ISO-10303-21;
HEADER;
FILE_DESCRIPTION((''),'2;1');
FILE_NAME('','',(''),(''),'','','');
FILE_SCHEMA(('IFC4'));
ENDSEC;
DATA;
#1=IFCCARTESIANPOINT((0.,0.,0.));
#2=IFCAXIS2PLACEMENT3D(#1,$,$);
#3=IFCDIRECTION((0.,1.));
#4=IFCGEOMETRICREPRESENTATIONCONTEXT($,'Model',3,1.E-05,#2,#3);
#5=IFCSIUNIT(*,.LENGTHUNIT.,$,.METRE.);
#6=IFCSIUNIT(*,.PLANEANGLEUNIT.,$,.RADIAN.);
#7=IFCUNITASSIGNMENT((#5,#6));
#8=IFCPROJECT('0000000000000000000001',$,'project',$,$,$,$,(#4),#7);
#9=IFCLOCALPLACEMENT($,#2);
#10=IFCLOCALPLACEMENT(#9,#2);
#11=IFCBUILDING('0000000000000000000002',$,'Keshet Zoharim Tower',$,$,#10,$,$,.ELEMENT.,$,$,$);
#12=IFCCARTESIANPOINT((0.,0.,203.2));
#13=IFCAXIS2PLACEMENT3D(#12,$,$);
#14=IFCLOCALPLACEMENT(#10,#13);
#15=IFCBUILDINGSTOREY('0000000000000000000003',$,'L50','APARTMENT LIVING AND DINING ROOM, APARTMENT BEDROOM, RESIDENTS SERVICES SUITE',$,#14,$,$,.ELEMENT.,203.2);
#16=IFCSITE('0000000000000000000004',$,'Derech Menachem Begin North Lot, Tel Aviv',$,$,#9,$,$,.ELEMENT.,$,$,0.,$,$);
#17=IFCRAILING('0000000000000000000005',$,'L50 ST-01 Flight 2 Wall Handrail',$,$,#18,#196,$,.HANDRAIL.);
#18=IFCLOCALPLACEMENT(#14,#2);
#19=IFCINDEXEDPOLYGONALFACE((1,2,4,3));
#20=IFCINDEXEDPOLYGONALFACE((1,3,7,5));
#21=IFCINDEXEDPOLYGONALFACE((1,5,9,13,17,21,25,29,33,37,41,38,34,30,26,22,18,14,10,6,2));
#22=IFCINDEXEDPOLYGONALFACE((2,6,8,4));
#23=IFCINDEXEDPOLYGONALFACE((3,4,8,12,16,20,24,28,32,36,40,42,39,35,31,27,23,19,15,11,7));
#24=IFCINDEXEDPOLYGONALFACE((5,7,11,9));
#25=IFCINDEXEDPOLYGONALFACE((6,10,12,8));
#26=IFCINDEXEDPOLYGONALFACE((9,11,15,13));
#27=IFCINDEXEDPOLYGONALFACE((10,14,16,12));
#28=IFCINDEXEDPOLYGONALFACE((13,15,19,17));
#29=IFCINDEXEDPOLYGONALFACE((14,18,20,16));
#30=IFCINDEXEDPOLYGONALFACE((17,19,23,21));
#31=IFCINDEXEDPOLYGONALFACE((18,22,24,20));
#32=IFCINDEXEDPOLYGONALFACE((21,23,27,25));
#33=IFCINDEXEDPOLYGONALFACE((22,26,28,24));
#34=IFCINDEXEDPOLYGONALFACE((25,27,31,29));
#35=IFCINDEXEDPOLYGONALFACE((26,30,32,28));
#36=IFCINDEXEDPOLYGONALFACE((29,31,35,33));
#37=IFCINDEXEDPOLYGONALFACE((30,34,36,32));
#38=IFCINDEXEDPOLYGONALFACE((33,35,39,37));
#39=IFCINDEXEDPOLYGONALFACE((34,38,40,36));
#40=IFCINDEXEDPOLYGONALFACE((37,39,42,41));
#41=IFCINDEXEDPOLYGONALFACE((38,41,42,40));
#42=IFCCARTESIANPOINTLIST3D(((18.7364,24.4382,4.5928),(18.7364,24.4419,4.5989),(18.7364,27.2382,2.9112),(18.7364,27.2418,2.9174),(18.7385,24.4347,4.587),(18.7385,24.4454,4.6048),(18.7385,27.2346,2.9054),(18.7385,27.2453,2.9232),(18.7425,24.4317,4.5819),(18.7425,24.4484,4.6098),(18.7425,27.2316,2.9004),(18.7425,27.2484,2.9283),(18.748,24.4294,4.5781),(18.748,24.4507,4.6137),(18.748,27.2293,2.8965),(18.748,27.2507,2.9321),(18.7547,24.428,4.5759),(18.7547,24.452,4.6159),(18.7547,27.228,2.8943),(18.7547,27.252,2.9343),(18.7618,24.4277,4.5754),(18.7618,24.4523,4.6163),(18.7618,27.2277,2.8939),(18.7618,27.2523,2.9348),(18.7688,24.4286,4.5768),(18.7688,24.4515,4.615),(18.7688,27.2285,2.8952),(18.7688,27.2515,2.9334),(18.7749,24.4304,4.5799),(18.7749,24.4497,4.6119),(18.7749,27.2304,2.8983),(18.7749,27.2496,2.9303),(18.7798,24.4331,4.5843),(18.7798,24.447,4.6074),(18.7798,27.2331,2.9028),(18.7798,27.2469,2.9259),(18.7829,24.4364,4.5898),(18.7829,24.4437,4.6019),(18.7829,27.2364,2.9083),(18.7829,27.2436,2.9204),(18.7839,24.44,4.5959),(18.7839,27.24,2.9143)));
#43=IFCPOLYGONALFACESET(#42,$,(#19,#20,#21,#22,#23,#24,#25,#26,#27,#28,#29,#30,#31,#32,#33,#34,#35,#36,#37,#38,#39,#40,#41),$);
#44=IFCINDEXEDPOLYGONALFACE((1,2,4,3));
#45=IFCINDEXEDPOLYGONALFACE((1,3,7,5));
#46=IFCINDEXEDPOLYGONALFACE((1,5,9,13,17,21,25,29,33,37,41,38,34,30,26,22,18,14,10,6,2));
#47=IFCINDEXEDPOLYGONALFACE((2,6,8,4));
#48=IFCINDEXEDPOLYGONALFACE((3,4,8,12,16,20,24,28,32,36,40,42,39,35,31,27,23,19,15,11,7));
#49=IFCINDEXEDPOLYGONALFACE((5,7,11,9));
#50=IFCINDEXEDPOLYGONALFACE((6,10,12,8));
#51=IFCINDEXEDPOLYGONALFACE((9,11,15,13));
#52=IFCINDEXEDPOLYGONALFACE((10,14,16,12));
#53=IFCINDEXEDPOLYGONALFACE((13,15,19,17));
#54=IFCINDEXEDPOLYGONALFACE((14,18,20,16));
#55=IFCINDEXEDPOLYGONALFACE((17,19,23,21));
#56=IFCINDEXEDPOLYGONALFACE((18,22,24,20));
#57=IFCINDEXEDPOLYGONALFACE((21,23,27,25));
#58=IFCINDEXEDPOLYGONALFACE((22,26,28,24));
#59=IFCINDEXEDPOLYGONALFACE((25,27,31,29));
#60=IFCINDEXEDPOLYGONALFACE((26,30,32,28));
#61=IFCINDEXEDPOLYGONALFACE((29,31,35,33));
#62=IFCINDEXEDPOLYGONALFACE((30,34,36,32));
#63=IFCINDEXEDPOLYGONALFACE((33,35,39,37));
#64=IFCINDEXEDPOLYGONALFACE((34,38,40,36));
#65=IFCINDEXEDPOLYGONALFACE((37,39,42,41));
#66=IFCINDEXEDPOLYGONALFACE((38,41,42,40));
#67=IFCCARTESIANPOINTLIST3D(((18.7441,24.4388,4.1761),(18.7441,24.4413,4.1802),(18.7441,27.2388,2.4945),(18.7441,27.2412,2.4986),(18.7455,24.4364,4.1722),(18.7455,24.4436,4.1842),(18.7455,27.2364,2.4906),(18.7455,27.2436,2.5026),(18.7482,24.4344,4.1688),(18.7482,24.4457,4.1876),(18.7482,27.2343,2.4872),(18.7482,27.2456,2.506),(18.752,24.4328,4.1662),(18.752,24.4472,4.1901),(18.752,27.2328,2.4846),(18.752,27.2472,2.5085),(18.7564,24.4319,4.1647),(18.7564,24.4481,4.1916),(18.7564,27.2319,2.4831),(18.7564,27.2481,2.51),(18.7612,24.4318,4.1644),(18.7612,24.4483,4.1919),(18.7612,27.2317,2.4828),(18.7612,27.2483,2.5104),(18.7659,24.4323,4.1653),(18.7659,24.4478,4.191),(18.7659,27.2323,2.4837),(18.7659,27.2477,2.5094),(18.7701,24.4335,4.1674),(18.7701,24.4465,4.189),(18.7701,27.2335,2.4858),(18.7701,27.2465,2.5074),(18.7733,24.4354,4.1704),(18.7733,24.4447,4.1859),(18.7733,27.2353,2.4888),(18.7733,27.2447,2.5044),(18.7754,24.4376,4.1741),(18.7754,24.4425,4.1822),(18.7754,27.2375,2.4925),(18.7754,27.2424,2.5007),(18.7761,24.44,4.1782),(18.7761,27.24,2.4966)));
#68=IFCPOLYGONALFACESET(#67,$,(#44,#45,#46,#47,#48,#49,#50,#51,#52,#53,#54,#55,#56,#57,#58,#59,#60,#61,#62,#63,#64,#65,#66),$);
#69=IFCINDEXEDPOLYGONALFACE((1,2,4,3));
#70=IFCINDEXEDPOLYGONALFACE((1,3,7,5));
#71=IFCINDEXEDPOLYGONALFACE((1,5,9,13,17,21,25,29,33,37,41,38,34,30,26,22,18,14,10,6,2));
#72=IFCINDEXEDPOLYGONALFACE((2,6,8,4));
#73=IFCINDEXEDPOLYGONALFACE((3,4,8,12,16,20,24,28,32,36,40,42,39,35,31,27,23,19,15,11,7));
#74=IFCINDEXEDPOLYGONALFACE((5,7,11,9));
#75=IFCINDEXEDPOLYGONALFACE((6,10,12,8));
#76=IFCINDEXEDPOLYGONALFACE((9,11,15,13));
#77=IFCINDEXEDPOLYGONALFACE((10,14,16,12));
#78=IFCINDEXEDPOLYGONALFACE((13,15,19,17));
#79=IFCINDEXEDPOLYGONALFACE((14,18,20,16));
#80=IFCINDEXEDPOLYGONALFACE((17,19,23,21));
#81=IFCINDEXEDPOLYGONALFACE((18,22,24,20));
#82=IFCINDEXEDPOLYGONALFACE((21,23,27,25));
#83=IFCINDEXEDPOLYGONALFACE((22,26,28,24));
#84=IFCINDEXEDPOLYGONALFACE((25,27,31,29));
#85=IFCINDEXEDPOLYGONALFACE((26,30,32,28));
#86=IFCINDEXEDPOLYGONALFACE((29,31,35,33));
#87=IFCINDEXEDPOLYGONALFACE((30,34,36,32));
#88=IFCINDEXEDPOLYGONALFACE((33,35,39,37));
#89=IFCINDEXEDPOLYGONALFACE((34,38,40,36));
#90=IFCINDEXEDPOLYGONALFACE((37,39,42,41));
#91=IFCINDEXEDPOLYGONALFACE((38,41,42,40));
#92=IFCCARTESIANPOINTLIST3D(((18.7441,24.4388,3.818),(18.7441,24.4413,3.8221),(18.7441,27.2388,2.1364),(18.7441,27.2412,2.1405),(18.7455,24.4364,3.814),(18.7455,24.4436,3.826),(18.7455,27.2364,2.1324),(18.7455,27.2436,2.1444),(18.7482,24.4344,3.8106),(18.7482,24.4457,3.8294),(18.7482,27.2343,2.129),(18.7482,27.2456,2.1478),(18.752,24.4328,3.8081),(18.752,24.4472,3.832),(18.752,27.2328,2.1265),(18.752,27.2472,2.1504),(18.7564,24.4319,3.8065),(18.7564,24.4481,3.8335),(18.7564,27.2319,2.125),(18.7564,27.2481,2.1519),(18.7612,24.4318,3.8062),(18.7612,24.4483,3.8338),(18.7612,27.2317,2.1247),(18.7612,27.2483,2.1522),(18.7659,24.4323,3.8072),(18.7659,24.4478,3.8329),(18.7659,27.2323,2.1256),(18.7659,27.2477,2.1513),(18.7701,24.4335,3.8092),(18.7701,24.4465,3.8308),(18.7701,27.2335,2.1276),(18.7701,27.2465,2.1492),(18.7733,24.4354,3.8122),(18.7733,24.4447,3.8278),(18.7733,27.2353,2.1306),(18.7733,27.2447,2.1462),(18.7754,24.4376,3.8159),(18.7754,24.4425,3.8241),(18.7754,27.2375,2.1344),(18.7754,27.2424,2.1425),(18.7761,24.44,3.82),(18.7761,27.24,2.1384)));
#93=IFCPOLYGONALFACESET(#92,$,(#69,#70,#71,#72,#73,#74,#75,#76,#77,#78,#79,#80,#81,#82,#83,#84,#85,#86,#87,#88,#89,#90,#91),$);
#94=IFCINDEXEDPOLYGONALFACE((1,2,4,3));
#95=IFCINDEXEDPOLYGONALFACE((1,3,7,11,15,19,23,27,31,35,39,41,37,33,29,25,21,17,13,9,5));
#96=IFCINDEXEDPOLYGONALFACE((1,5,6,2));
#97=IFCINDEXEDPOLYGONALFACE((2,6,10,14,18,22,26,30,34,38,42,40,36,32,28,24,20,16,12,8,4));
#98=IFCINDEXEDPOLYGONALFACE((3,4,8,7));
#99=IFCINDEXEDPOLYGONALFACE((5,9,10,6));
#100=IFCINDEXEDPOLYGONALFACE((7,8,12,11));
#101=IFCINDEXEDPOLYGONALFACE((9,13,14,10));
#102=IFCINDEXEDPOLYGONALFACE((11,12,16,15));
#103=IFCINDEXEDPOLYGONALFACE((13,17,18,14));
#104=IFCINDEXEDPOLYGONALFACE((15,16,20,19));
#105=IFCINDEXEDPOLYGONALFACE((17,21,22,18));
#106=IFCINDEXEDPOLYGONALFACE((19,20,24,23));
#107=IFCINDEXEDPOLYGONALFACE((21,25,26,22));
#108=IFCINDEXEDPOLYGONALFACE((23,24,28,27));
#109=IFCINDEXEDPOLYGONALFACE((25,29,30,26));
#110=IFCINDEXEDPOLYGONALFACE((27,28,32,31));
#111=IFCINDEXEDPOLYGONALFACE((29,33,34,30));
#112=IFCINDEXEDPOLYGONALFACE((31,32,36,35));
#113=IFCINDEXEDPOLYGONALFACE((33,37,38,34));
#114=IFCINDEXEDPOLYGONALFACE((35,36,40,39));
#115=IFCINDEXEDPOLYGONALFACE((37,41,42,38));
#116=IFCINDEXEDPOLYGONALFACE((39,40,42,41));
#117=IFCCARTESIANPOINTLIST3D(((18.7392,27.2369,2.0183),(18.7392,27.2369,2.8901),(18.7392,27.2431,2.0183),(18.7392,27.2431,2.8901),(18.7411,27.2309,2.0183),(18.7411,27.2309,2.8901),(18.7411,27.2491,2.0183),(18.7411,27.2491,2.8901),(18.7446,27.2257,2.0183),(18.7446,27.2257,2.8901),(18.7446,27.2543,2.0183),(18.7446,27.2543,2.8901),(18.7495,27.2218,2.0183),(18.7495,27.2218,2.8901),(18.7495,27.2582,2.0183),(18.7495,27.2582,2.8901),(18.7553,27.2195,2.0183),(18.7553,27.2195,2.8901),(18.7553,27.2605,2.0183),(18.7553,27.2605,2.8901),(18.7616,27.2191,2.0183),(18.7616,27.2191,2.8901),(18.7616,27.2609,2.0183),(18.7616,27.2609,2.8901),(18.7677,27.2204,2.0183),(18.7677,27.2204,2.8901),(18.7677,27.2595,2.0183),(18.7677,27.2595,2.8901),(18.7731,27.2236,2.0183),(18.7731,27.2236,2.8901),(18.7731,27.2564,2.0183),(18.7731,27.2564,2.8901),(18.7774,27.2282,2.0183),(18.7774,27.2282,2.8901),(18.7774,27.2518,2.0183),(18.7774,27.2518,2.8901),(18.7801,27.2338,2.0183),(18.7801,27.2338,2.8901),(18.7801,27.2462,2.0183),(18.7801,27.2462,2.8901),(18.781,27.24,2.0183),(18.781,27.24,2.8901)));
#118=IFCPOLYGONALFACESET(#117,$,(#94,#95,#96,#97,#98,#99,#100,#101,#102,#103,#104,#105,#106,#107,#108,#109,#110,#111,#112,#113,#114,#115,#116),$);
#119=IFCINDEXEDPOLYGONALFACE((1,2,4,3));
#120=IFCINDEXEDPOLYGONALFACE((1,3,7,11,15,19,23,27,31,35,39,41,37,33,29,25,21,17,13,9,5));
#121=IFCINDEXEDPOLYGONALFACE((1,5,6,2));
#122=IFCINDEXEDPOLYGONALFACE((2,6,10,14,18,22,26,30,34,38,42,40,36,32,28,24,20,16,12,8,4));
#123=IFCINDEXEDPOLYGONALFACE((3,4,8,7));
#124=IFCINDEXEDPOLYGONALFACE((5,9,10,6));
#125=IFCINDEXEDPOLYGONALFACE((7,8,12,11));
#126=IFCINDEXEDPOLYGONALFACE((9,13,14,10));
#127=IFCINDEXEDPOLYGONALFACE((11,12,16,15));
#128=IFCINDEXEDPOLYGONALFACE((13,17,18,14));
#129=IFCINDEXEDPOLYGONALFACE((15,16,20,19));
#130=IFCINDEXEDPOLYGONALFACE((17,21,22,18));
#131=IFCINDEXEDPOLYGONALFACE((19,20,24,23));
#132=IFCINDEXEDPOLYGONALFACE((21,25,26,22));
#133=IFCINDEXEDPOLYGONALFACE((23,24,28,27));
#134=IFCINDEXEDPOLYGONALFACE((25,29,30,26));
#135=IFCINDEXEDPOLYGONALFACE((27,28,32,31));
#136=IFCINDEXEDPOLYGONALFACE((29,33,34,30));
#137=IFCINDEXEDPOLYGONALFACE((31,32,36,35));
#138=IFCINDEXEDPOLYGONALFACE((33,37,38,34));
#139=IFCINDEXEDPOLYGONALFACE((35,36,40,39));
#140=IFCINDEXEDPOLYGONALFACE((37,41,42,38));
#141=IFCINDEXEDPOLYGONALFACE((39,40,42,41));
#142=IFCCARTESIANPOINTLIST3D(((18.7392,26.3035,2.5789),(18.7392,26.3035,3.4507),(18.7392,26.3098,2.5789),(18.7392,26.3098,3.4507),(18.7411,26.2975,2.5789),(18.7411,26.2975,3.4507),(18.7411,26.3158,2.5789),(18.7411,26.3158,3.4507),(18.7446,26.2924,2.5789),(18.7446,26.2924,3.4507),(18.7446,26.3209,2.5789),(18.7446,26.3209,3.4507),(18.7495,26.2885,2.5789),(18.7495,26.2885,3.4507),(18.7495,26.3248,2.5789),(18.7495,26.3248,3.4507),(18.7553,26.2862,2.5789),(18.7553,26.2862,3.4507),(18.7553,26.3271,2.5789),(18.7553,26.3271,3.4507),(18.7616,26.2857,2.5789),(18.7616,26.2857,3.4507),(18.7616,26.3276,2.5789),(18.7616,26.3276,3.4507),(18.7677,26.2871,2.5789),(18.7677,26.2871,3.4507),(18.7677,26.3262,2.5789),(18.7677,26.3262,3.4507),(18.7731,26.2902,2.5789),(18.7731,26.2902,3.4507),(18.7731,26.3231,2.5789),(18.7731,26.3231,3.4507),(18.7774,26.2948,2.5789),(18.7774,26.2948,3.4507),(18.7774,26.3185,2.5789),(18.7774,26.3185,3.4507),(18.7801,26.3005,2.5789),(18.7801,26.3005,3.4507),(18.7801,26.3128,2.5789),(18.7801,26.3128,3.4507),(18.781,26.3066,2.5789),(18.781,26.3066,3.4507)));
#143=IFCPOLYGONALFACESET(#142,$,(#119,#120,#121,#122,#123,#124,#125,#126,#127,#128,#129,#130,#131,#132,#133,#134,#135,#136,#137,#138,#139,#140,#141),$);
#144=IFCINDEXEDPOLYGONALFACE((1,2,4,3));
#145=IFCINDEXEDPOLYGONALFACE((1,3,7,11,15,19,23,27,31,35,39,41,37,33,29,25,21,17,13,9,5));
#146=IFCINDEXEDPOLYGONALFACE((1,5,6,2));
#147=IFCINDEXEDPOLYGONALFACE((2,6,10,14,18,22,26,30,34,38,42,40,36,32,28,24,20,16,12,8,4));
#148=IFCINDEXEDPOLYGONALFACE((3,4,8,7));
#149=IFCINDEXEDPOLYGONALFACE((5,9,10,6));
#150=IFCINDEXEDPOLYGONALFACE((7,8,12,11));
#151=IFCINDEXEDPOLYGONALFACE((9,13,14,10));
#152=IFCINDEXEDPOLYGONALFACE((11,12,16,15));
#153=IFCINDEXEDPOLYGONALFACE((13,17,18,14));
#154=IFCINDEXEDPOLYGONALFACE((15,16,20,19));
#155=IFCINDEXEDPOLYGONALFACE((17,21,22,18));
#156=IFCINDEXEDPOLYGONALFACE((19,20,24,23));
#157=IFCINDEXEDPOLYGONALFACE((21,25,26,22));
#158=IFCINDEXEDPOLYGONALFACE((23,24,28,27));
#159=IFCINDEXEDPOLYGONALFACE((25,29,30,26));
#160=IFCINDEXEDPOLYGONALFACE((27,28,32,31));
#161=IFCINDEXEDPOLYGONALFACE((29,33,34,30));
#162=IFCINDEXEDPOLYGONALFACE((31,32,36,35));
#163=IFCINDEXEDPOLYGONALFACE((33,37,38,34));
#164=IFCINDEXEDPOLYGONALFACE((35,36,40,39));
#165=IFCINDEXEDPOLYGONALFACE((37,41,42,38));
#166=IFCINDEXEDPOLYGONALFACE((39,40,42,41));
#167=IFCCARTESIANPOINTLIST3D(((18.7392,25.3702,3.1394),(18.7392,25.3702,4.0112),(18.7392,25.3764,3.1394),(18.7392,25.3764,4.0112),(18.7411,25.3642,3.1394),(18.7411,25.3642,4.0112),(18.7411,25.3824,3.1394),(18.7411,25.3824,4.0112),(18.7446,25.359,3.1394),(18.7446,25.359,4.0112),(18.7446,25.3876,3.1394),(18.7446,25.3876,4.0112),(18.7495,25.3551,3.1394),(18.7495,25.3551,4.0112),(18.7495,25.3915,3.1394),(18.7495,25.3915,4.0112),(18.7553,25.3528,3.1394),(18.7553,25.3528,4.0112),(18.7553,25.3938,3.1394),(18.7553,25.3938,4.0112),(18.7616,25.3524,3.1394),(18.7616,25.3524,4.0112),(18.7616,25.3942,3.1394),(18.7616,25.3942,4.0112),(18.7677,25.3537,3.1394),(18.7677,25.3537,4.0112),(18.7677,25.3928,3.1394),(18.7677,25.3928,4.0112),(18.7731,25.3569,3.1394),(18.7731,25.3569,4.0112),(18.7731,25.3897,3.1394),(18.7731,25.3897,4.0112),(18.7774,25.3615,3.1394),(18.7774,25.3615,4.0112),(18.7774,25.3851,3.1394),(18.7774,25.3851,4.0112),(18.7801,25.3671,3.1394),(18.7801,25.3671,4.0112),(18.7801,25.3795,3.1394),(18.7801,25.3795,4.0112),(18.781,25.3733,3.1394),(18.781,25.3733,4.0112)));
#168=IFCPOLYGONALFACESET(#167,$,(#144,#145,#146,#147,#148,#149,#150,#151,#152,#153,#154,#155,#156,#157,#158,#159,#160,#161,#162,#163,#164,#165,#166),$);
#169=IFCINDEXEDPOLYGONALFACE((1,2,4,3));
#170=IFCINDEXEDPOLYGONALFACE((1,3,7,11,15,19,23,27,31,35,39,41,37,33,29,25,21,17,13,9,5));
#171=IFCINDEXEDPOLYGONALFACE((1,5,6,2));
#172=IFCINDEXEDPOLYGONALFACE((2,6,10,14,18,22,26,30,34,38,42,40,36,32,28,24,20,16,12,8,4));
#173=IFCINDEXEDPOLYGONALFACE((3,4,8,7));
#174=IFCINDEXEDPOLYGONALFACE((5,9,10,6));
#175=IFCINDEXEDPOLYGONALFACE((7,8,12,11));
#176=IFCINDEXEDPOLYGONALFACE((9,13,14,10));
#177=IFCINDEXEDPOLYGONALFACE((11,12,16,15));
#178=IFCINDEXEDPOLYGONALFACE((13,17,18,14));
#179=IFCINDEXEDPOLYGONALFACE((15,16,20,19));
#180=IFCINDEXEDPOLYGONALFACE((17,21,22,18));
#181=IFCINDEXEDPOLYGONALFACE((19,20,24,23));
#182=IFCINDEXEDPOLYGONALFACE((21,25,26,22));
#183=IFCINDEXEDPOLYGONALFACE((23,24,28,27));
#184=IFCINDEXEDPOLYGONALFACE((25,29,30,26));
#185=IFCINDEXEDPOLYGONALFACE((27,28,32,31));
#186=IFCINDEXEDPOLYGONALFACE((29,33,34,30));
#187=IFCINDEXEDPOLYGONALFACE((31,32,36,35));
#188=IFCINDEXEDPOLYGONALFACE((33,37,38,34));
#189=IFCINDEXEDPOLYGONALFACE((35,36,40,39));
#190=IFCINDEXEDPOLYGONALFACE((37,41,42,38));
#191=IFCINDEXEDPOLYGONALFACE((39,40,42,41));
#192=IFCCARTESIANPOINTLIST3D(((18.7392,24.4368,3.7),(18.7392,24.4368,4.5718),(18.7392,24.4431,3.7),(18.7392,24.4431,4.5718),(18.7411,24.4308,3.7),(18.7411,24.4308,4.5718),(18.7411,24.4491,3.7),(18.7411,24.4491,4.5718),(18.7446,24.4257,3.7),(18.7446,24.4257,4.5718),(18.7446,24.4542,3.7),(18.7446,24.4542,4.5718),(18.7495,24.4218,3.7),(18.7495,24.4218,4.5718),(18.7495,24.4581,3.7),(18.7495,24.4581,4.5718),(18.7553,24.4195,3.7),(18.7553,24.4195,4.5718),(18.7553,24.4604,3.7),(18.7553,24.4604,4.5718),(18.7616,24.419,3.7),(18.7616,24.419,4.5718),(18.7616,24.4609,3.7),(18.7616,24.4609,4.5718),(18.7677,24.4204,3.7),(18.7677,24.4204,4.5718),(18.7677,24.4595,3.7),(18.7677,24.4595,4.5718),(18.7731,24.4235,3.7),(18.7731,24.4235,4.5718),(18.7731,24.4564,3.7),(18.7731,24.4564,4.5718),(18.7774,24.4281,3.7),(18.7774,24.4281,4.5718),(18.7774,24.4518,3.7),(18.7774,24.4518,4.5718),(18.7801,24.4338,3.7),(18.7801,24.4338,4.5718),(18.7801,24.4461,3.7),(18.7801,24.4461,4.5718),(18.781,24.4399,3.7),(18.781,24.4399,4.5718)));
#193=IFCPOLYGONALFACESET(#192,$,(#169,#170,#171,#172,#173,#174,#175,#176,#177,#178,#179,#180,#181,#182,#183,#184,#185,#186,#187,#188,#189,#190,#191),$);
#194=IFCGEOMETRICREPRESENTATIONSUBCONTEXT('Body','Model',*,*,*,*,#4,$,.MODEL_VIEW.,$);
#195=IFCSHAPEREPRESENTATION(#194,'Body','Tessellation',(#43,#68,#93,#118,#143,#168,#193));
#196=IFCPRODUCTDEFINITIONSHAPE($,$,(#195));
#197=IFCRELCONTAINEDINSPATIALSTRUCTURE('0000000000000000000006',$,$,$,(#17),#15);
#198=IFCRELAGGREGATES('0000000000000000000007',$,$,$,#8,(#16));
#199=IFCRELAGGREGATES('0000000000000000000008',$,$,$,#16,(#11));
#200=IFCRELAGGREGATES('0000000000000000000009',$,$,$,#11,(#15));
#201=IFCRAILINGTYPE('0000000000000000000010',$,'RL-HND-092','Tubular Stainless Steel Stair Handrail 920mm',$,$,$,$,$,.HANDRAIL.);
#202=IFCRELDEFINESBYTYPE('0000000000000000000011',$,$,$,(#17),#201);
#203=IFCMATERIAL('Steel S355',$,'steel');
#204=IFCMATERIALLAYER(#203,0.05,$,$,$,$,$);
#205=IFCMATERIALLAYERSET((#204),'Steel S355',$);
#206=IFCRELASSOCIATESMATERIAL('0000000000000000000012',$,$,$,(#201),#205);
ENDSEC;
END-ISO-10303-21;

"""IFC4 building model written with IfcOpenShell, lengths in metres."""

from ifc_helpers import new_model, si_unit, direction, frame, origin, origin_2d, place, context, subcontext, project, spatial, circle, extrude, material, layer, layer_set, type_object, element, save


model = new_model("IFC4")

# Units and contexts
model_context = context("Model", 3, precision=1e-05, world=origin(), true_north=direction((0.0, 1.0)))
body_context = subcontext(model_context, "Body", "Model", "MODEL_VIEW")
ifc_project = project(units=[si_unit("LENGTHUNIT", "METRE"), si_unit("PLANEANGLEUNIT", "RADIAN")], contexts=[model_context])

# Site, building, storey
site_placement = place(None, origin())
site = spatial("IfcSite", under=ifc_project, at=site_placement, Name="Derech Menachem Begin North Lot, Tel Aviv", CompositionType="ELEMENT", RefElevation=0.0)
building_placement = place(site_placement, origin())
building = spatial("IfcBuilding", under=site, at=building_placement, Name="Keshet Zoharim Tower", CompositionType="ELEMENT")
storey_placement = place(building_placement, frame((0.0, 0.0, 203.2)))
storey = spatial("IfcBuildingStorey", under=building, at=storey_placement, Name="L50", Description="APARTMENT LIVING AND DINING ROOM, APARTMENT BEDROOM, RESIDENTS SERVICES SUITE", CompositionType="ELEMENT", Elevation=203.2)

# Shared definitions
ifc_material_1 = material(Name="Steel S355", Category="steel")

# Railing
ifc_layer_1 = layer(ifc_material_1, 0.05)
ifc_layer_set_1 = layer_set([ifc_layer_1], Name="Steel S355")
railing_type = type_object("IfcRailingType", Name="RL-HND-092", Description="Tubular Stainless Steel Stair Handrail 920mm", PredefinedType="HANDRAIL", material=ifc_layer_set_1)
for number, where, name in (
    (1, (18.76, 27.24, 2.0183), "L50 ST-01 Flight 2 Wall Handrail"),
):
    element("IfcRailing", number, at=place(storey_placement, frame(where)), inside=storey, type_object=railing_type, Name=name, PredefinedType="HANDRAIL", context=body_context, shape_type="SweptSolid", body=[
        extrude(circle(Radius=0.0239, at=origin_2d()), frame((0.0, 0.0, 0.896), z_axis=(0.0, -0.857275, 0.514858), x_axis=(1.0, 0.0, 0.0)), (0.0, 0.0, 1.0), 3.2661),
        extrude(circle(Radius=0.0161, at=origin_2d()), frame((0.0, 0.0, 0.4783), z_axis=(0.0, -0.857275, 0.514858), x_axis=(1.0, 0.0, 0.0)), (0.0, 0.0, 1.0), 3.2661),
        extrude(circle(Radius=0.0161, at=origin_2d()), frame((0.0, 0.0, 0.1201), z_axis=(0.0, -0.857275, 0.514858), x_axis=(1.0, 0.0, 0.0)), (0.0, 0.0, 1.0), 3.2661),
        extrude(circle(Radius=0.021, at=origin_2d()), origin(), (0.0, 0.0, 1.0), 0.8718),
        extrude(circle(Radius=0.021, at=origin_2d()), frame((0.0, -0.9333, 0.5605)), (0.0, 0.0, 1.0), 0.8718),
        extrude(circle(Radius=0.021, at=origin_2d()), frame((0.0, -1.8667, 1.1211)), (0.0, 0.0, 1.0), 0.8718),
        extrude(circle(Radius=0.021, at=origin_2d()), frame((0.0, -2.8, 1.6816)), (0.0, 0.0, 1.0), 0.8718),
    ])

save(model, "model.ifc")
